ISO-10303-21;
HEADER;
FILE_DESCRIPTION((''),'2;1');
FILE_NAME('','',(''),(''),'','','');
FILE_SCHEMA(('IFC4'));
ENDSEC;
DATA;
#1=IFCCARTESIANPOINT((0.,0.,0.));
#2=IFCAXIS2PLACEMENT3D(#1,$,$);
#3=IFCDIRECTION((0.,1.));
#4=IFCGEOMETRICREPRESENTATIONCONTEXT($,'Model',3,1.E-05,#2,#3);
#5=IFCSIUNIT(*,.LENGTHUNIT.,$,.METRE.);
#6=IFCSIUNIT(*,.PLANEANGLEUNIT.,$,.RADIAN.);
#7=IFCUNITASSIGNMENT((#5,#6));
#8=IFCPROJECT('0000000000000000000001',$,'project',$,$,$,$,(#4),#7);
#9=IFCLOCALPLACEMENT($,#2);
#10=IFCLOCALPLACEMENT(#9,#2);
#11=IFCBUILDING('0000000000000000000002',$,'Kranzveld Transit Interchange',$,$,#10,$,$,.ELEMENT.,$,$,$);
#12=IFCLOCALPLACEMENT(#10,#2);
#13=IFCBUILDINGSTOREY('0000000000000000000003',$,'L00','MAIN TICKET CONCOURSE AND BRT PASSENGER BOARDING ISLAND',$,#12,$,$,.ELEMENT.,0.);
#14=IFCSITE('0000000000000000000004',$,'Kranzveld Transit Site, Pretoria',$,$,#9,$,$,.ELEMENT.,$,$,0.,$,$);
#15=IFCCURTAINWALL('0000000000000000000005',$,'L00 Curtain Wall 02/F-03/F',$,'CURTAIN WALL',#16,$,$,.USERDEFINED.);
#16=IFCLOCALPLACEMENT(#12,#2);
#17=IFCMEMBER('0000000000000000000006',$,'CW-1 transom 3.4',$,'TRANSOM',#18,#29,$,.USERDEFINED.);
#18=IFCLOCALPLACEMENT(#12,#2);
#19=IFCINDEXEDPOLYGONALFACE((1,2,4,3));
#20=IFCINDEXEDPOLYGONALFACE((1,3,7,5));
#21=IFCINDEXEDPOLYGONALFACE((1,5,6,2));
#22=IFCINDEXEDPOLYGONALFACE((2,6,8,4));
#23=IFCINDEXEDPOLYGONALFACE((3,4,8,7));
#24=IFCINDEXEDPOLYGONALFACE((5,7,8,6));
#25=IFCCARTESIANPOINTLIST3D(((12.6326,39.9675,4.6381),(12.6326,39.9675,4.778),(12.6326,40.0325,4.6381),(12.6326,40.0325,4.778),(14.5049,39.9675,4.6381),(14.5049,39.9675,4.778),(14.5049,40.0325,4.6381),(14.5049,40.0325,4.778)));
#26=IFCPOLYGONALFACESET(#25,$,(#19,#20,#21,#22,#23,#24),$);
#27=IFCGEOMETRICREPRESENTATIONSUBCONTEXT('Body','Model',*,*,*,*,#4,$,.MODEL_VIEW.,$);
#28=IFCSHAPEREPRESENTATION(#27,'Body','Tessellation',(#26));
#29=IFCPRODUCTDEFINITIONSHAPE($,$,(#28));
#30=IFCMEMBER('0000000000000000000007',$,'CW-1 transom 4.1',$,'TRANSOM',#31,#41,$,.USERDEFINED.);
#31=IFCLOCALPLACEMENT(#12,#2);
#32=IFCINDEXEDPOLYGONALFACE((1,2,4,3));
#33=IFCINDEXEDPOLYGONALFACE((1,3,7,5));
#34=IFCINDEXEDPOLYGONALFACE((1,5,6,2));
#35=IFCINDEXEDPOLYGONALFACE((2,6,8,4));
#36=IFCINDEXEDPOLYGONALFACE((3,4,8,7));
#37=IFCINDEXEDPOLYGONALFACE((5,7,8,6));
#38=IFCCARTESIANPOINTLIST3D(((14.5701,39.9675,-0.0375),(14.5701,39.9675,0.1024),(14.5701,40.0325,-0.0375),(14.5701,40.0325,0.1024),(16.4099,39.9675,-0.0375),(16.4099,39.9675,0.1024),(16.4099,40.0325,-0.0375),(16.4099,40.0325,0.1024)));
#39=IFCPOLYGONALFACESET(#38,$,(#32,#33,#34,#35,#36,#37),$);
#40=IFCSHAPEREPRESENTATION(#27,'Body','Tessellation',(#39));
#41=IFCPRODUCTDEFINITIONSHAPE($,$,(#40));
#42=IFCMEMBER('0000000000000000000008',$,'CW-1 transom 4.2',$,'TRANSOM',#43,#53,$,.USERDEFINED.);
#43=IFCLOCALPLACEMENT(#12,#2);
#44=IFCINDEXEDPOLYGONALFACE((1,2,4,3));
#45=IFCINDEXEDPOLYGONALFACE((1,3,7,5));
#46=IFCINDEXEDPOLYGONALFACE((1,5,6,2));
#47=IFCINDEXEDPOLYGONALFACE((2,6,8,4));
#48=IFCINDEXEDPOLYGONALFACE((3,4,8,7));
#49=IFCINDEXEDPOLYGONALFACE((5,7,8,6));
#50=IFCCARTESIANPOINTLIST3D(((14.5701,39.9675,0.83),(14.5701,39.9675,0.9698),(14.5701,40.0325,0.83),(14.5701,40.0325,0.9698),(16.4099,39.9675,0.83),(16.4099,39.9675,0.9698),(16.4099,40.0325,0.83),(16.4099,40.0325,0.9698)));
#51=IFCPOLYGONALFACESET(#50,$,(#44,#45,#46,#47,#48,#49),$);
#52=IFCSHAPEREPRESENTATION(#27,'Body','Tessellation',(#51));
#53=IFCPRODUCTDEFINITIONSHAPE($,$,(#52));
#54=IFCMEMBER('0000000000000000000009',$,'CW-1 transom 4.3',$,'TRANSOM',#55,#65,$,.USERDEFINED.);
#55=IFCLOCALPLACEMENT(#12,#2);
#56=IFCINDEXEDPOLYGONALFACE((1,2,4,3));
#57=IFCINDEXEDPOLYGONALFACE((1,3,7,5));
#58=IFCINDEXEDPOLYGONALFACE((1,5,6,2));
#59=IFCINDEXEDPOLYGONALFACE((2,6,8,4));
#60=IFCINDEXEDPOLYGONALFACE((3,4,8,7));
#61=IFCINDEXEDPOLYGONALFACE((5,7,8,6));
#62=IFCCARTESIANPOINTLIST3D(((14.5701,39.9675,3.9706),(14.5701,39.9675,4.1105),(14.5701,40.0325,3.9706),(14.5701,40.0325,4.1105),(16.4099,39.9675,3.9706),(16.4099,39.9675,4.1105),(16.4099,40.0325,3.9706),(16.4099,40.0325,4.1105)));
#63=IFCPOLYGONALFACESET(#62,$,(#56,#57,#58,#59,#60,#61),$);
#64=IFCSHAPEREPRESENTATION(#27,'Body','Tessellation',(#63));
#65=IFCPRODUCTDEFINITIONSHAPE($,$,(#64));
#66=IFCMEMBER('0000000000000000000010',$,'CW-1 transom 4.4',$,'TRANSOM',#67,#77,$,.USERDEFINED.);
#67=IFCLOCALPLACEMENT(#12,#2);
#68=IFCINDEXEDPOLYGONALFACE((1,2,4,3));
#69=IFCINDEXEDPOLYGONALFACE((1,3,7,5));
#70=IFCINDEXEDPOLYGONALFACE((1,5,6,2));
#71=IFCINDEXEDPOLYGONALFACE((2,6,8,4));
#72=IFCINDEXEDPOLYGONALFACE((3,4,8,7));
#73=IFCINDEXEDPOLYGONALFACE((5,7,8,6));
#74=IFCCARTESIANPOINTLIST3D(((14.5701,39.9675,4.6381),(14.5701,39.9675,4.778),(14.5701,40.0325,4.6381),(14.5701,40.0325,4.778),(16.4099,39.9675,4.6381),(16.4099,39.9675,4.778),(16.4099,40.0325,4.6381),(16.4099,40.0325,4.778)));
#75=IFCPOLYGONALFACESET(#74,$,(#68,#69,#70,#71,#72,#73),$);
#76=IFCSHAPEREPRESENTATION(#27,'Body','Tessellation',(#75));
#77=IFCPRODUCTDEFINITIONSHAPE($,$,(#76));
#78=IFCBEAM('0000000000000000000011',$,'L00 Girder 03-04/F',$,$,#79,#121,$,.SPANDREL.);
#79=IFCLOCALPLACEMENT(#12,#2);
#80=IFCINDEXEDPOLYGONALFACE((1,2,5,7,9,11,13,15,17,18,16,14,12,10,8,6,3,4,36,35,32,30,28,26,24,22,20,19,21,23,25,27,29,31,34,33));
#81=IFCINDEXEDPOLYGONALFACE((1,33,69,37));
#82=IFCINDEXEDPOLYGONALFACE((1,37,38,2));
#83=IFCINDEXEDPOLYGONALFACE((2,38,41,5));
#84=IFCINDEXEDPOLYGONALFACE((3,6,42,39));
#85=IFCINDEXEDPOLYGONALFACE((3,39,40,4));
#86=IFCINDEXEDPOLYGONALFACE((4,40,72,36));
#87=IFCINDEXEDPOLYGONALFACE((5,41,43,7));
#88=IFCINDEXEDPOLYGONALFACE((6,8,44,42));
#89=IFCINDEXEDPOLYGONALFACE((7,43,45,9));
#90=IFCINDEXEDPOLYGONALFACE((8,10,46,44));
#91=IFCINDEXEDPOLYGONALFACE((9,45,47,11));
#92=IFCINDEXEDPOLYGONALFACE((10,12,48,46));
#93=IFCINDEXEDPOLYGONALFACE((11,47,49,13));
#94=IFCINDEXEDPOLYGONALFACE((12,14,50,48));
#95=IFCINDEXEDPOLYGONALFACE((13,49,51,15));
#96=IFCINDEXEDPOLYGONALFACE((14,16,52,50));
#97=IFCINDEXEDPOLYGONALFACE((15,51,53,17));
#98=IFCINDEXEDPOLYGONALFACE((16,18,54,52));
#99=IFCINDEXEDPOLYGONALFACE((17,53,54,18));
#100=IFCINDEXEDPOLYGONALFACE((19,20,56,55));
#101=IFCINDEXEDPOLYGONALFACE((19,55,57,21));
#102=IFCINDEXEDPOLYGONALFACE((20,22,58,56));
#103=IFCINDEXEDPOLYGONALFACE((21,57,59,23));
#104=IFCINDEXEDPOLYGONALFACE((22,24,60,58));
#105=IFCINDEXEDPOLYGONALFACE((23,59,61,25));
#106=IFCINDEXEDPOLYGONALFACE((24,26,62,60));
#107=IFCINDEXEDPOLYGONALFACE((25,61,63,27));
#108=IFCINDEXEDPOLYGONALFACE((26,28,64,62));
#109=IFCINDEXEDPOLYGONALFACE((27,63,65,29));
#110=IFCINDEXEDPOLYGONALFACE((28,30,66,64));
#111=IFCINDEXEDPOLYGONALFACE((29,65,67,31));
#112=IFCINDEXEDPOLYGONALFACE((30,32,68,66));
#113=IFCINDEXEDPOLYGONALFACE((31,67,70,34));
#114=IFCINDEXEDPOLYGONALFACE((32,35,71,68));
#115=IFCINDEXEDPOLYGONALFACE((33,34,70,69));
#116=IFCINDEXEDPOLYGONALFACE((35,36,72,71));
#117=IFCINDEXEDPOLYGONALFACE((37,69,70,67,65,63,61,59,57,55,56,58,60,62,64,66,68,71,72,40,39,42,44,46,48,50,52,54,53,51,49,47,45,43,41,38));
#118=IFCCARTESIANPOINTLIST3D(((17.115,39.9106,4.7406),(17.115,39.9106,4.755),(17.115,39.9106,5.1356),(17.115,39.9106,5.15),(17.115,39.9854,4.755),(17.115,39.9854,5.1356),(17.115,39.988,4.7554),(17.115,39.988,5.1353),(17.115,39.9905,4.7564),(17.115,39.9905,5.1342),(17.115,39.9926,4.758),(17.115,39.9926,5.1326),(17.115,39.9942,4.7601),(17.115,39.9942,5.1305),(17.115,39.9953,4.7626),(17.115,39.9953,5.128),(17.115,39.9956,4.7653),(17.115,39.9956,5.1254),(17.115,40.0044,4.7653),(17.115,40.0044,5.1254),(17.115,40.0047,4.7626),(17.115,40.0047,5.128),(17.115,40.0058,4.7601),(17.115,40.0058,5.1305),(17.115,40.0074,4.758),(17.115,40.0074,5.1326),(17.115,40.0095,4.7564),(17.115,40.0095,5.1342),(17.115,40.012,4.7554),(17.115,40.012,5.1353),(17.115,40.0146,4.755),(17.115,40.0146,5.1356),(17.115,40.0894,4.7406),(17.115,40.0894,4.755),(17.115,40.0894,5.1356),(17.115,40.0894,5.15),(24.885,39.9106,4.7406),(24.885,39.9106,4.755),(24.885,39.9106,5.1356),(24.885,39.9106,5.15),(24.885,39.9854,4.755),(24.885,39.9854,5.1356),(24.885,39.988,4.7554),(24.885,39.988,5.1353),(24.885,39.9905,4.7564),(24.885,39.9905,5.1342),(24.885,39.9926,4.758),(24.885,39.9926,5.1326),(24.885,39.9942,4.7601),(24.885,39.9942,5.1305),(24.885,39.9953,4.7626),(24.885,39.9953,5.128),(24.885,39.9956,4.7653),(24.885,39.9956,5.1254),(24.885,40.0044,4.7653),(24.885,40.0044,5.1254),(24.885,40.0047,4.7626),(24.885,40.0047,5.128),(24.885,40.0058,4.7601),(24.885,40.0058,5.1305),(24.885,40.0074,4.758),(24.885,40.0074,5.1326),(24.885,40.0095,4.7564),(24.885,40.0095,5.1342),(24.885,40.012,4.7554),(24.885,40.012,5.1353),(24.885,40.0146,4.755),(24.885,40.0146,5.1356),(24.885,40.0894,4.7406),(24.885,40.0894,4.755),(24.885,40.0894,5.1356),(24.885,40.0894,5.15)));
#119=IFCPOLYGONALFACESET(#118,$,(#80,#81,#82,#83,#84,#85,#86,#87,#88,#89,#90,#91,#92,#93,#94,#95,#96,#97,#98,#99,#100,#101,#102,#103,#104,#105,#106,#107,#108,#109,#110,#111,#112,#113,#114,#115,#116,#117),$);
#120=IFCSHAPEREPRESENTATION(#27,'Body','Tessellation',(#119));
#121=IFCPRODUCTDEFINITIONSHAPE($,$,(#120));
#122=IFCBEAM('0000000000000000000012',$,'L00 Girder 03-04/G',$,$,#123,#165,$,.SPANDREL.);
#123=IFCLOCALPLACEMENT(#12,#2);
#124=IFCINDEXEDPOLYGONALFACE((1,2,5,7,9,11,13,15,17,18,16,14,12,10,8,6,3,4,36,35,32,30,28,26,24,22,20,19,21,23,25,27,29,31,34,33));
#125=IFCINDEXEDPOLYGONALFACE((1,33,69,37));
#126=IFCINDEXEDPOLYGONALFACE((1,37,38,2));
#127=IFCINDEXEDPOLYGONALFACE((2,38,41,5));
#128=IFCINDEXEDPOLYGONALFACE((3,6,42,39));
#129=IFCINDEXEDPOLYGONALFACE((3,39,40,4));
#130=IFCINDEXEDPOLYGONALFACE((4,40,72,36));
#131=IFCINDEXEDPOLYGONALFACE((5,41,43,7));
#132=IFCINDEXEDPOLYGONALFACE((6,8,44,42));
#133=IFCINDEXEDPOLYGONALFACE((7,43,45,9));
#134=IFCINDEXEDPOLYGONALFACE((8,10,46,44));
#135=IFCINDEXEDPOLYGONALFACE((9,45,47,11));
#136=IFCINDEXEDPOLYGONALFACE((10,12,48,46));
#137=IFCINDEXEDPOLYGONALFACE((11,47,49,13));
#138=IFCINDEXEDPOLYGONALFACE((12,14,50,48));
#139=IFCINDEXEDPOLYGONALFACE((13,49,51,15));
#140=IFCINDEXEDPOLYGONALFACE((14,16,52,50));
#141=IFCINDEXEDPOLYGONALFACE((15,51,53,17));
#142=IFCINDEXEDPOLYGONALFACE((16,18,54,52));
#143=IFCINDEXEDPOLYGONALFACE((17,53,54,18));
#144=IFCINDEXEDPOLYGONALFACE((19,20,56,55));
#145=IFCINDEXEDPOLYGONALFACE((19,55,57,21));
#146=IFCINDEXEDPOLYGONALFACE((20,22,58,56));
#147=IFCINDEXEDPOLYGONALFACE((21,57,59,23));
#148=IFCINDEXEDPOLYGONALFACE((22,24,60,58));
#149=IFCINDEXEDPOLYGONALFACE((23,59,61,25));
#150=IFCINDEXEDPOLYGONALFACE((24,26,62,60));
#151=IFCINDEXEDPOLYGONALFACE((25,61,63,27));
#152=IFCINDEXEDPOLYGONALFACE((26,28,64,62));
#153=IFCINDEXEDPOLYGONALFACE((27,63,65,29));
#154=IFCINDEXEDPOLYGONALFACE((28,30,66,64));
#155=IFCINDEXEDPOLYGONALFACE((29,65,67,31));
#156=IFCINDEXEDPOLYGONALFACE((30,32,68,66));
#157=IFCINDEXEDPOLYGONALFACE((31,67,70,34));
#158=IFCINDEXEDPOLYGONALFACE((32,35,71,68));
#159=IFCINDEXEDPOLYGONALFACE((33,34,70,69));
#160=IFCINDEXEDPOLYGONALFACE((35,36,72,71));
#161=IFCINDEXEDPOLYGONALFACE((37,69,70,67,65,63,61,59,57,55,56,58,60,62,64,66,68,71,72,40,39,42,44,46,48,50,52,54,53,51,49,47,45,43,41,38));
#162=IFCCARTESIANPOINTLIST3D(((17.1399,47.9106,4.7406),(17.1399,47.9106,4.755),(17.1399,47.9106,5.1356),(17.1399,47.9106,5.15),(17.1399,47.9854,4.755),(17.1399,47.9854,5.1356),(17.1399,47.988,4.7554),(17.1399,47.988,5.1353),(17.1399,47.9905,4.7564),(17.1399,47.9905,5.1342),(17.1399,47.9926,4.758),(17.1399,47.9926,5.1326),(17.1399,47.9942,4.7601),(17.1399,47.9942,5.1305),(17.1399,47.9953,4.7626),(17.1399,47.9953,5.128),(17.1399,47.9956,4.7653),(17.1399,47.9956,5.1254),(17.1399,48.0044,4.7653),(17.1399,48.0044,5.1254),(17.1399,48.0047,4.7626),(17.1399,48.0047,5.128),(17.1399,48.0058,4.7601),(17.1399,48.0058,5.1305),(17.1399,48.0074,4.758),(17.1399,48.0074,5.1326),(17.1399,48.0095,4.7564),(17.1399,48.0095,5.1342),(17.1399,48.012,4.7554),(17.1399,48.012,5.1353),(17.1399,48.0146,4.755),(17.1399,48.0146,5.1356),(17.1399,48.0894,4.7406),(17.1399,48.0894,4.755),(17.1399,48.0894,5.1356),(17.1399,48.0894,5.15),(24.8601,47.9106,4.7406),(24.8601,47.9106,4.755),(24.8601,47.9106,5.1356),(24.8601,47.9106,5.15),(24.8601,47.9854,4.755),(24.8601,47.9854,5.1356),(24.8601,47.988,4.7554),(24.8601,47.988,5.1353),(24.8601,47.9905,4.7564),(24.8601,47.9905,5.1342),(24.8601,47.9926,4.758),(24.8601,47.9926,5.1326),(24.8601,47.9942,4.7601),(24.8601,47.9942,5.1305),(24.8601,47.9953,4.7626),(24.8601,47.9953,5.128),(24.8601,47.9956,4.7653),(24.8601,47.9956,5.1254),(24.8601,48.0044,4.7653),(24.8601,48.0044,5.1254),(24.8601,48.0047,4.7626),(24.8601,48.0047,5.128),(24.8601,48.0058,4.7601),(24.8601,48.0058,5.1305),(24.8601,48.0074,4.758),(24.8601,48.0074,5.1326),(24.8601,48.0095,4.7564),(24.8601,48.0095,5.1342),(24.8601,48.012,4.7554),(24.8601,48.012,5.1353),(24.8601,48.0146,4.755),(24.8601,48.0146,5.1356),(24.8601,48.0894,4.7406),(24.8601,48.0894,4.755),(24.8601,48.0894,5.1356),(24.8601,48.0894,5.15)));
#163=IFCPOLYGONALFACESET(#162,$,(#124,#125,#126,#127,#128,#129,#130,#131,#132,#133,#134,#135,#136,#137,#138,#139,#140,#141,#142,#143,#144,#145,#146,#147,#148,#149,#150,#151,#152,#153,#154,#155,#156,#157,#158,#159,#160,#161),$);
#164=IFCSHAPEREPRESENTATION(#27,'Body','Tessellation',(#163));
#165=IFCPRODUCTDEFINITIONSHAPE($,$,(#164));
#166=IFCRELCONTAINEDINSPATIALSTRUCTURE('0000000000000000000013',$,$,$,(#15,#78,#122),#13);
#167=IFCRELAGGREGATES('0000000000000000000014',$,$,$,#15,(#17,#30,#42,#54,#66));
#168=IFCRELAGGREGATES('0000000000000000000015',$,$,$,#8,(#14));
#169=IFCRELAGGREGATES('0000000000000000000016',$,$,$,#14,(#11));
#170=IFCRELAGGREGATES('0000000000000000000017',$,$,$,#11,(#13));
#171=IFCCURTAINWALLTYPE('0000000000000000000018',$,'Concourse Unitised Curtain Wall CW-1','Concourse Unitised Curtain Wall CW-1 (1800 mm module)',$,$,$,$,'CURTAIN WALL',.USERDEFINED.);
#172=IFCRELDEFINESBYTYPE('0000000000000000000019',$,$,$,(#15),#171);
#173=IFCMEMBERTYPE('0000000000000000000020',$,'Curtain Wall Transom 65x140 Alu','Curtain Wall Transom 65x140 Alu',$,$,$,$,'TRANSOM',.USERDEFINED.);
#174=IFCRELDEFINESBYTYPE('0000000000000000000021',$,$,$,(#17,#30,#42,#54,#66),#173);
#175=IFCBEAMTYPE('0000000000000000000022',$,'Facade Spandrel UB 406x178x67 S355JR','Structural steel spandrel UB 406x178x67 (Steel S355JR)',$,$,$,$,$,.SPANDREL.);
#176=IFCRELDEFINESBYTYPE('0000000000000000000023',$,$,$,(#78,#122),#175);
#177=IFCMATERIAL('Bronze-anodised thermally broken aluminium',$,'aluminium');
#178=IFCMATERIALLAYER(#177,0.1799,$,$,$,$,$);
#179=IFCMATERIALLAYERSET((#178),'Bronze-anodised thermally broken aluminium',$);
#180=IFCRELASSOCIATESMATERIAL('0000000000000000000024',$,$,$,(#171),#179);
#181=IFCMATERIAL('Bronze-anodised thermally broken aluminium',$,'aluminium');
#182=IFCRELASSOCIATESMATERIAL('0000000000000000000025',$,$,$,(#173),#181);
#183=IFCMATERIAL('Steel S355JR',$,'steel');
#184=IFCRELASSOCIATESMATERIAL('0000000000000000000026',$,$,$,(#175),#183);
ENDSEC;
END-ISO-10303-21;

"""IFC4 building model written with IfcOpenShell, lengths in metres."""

from ifc_helpers import new_model, si_unit, direction, frame, origin, origin_2d, place, context, subcontext, project, spatial, rectangle, i_section, extrude, material, layer, layer_set, material_profile, profile_set, type_object, element, aggregate, save


model = new_model("IFC4")

# Units and contexts
model_context = context("Model", 3, precision=1e-05, world=origin(), true_north=direction((0.0, 1.0)))
body_context = subcontext(model_context, "Body", "Model", "MODEL_VIEW")
ifc_project = project(units=[si_unit("LENGTHUNIT", "METRE"), si_unit("PLANEANGLEUNIT", "RADIAN")], contexts=[model_context])

# Site, building, storey
site_placement = place(None, origin())
site = spatial("IfcSite", under=ifc_project, at=site_placement, Name="Kranzveld Transit Site, Pretoria", CompositionType="ELEMENT", RefElevation=0.0)
building_placement = place(site_placement, origin())
building = spatial("IfcBuilding", under=site, at=building_placement, Name="Kranzveld Transit Interchange", CompositionType="ELEMENT")
storey_placement = place(building_placement, origin())
storey = spatial("IfcBuildingStorey", under=building, at=storey_placement, Name="L00", Description="MAIN TICKET CONCOURSE AND BRT PASSENGER BOARDING ISLAND", CompositionType="ELEMENT", Elevation=0.0)

# Curtain wall, members
ifc_material_1 = material(Name="Bronze-anodised thermally broken aluminium", Category="aluminium")
ifc_layer_1 = layer(ifc_material_1, 0.1799)
ifc_layer_set_1 = layer_set([ifc_layer_1], Name="Bronze-anodised thermally broken aluminium")
curtain_wall_type = type_object("IfcCurtainWallType", Name="Concourse Unitised Curtain Wall CW-1", Description="Concourse Unitised Curtain Wall CW-1 (1800 mm module)", ElementType="CURTAIN WALL", PredefinedType="USERDEFINED", material=ifc_layer_set_1)
curtain_wall_placement = place(storey_placement, origin())
curtain_wall = element("IfcCurtainWall", 1, at=curtain_wall_placement, inside=storey, type_object=curtain_wall_type, Name="L00 Curtain Wall 02/F-03/F", ObjectType="CURTAIN WALL", PredefinedType="USERDEFINED")
ifc_material_2 = material(Name="Bronze-anodised thermally broken aluminium", Category="aluminium")
ifc_material_profile_1 = material_profile(ifc_material_2, rectangle(XDim=0.0649, YDim=0.1399, at=origin_2d()), Name="ALU TRANSOM 65x140")
ifc_profile_set_1 = profile_set([ifc_material_profile_1], Name="Bronze-anodised thermally broken aluminium")
member_type_1 = type_object("IfcMemberType", Name="Curtain Wall Transom 65x140 Alu", Description="Curtain Wall Transom 65x140 Alu", ElementType="TRANSOM", PredefinedType="USERDEFINED", material=ifc_profile_set_1)
member_1_placement = place(storey_placement, frame((12.6326, 40.0, 4.708), z_axis=(1.0, 0.0, 0.0), x_axis=(0.0, 1.0, 0.0)))
member_1 = element("IfcMember", 2, at=member_1_placement, type_object=member_type_1, Name="CW-1 transom 3.4", ObjectType="TRANSOM", PredefinedType="USERDEFINED", context=body_context, shape_type="SweptSolid", body=[
    extrude(rectangle(XDim=0.0649, YDim=0.1399, at=origin_2d()), origin(), (0.0, 0.0, 1.0), 1.8723),
])
member_2_placement = place(storey_placement, frame((14.5701, 40.0, 0.0325), z_axis=(1.0, 0.0, 0.0), x_axis=(0.0, 1.0, 0.0)))
member_2 = element("IfcMember", 3, at=member_2_placement, type_object=member_type_1, Name="CW-1 transom 4.1", ObjectType="TRANSOM", PredefinedType="USERDEFINED", context=body_context, shape_type="SweptSolid", body=[
    extrude(rectangle(XDim=0.0649, YDim=0.1399, at=origin_2d()), origin(), (0.0, 0.0, 1.0), 1.8398),
])
member_3_placement = place(storey_placement, frame((14.5701, 40.0, 0.8999), z_axis=(1.0, 0.0, 0.0), x_axis=(0.0, 1.0, 0.0)))
member_3 = element("IfcMember", 4, at=member_3_placement, type_object=member_type_1, Name="CW-1 transom 4.2", ObjectType="TRANSOM", PredefinedType="USERDEFINED", context=body_context, shape_type="SweptSolid", body=[
    extrude(rectangle(XDim=0.0649, YDim=0.1399, at=origin_2d()), origin(), (0.0, 0.0, 1.0), 1.8398),
])
member_4_placement = place(storey_placement, frame((14.5701, 40.0, 4.0405), z_axis=(1.0, 0.0, 0.0), x_axis=(0.0, 1.0, 0.0)))
member_4 = element("IfcMember", 5, at=member_4_placement, type_object=member_type_1, Name="CW-1 transom 4.3", ObjectType="TRANSOM", PredefinedType="USERDEFINED", context=body_context, shape_type="SweptSolid", body=[
    extrude(rectangle(XDim=0.0649, YDim=0.1399, at=origin_2d()), origin(), (0.0, 0.0, 1.0), 1.8398),
])
member_5_placement = place(storey_placement, frame((14.5701, 40.0, 4.708), z_axis=(1.0, 0.0, 0.0), x_axis=(0.0, 1.0, 0.0)))
member_5 = element("IfcMember", 6, at=member_5_placement, type_object=member_type_1, Name="CW-1 transom 4.4", ObjectType="TRANSOM", PredefinedType="USERDEFINED", context=body_context, shape_type="SweptSolid", body=[
    extrude(rectangle(XDim=0.0649, YDim=0.1399, at=origin_2d()), origin(), (0.0, 0.0, 1.0), 1.8398),
])

# Beams
ifc_material_3 = material(Name="Steel S355JR", Category="steel")
ifc_material_profile_2 = material_profile(ifc_material_3, i_section(OverallWidth=0.1787, OverallDepth=0.4094, WebThickness=0.0088, FlangeThickness=0.0144, FilletRadius=0.0103, at=origin_2d()), Name="UB 406x178x67")
ifc_profile_set_2 = profile_set([ifc_material_profile_2], Name="Steel S355JR")
beam_type_1 = type_object("IfcBeamType", Name="Facade Spandrel UB 406x178x67 S355JR", Description="Structural steel spandrel UB 406x178x67 (Steel S355JR)", PredefinedType="SPANDREL", material=ifc_profile_set_2)
beam_1_placement = place(storey_placement, frame((17.115, 40.0, 4.9453), z_axis=(1.0, 0.0, 0.0), x_axis=(0.0, 1.0, 0.0)))
element("IfcBeam", 7, at=beam_1_placement, inside=storey, type_object=beam_type_1, Name="L00 Girder 03-04/F", PredefinedType="SPANDREL", context=body_context, shape_type="SweptSolid", body=[
    extrude(i_section(OverallWidth=0.1787, OverallDepth=0.4094, WebThickness=0.0088, FlangeThickness=0.0144, FilletRadius=0.0103, at=origin_2d()), origin(), (0.0, 0.0, 1.0), 7.77),
])
beam_2_placement = place(storey_placement, frame((17.1399, 48.0, 4.9453), z_axis=(1.0, 0.0, 0.0), x_axis=(0.0, 1.0, 0.0)))
element("IfcBeam", 8, at=beam_2_placement, inside=storey, type_object=beam_type_1, Name="L00 Girder 03-04/G", PredefinedType="SPANDREL", context=body_context, shape_type="SweptSolid", body=[
    extrude(i_section(OverallWidth=0.1787, OverallDepth=0.4094, WebThickness=0.0088, FlangeThickness=0.0144, FilletRadius=0.0103, at=origin_2d()), origin(), (0.0, 0.0, 1.0), 7.7202),
])

aggregate(curtain_wall, [member_1, member_2, member_3, member_4, member_5])

save(model, "model.ifc")
